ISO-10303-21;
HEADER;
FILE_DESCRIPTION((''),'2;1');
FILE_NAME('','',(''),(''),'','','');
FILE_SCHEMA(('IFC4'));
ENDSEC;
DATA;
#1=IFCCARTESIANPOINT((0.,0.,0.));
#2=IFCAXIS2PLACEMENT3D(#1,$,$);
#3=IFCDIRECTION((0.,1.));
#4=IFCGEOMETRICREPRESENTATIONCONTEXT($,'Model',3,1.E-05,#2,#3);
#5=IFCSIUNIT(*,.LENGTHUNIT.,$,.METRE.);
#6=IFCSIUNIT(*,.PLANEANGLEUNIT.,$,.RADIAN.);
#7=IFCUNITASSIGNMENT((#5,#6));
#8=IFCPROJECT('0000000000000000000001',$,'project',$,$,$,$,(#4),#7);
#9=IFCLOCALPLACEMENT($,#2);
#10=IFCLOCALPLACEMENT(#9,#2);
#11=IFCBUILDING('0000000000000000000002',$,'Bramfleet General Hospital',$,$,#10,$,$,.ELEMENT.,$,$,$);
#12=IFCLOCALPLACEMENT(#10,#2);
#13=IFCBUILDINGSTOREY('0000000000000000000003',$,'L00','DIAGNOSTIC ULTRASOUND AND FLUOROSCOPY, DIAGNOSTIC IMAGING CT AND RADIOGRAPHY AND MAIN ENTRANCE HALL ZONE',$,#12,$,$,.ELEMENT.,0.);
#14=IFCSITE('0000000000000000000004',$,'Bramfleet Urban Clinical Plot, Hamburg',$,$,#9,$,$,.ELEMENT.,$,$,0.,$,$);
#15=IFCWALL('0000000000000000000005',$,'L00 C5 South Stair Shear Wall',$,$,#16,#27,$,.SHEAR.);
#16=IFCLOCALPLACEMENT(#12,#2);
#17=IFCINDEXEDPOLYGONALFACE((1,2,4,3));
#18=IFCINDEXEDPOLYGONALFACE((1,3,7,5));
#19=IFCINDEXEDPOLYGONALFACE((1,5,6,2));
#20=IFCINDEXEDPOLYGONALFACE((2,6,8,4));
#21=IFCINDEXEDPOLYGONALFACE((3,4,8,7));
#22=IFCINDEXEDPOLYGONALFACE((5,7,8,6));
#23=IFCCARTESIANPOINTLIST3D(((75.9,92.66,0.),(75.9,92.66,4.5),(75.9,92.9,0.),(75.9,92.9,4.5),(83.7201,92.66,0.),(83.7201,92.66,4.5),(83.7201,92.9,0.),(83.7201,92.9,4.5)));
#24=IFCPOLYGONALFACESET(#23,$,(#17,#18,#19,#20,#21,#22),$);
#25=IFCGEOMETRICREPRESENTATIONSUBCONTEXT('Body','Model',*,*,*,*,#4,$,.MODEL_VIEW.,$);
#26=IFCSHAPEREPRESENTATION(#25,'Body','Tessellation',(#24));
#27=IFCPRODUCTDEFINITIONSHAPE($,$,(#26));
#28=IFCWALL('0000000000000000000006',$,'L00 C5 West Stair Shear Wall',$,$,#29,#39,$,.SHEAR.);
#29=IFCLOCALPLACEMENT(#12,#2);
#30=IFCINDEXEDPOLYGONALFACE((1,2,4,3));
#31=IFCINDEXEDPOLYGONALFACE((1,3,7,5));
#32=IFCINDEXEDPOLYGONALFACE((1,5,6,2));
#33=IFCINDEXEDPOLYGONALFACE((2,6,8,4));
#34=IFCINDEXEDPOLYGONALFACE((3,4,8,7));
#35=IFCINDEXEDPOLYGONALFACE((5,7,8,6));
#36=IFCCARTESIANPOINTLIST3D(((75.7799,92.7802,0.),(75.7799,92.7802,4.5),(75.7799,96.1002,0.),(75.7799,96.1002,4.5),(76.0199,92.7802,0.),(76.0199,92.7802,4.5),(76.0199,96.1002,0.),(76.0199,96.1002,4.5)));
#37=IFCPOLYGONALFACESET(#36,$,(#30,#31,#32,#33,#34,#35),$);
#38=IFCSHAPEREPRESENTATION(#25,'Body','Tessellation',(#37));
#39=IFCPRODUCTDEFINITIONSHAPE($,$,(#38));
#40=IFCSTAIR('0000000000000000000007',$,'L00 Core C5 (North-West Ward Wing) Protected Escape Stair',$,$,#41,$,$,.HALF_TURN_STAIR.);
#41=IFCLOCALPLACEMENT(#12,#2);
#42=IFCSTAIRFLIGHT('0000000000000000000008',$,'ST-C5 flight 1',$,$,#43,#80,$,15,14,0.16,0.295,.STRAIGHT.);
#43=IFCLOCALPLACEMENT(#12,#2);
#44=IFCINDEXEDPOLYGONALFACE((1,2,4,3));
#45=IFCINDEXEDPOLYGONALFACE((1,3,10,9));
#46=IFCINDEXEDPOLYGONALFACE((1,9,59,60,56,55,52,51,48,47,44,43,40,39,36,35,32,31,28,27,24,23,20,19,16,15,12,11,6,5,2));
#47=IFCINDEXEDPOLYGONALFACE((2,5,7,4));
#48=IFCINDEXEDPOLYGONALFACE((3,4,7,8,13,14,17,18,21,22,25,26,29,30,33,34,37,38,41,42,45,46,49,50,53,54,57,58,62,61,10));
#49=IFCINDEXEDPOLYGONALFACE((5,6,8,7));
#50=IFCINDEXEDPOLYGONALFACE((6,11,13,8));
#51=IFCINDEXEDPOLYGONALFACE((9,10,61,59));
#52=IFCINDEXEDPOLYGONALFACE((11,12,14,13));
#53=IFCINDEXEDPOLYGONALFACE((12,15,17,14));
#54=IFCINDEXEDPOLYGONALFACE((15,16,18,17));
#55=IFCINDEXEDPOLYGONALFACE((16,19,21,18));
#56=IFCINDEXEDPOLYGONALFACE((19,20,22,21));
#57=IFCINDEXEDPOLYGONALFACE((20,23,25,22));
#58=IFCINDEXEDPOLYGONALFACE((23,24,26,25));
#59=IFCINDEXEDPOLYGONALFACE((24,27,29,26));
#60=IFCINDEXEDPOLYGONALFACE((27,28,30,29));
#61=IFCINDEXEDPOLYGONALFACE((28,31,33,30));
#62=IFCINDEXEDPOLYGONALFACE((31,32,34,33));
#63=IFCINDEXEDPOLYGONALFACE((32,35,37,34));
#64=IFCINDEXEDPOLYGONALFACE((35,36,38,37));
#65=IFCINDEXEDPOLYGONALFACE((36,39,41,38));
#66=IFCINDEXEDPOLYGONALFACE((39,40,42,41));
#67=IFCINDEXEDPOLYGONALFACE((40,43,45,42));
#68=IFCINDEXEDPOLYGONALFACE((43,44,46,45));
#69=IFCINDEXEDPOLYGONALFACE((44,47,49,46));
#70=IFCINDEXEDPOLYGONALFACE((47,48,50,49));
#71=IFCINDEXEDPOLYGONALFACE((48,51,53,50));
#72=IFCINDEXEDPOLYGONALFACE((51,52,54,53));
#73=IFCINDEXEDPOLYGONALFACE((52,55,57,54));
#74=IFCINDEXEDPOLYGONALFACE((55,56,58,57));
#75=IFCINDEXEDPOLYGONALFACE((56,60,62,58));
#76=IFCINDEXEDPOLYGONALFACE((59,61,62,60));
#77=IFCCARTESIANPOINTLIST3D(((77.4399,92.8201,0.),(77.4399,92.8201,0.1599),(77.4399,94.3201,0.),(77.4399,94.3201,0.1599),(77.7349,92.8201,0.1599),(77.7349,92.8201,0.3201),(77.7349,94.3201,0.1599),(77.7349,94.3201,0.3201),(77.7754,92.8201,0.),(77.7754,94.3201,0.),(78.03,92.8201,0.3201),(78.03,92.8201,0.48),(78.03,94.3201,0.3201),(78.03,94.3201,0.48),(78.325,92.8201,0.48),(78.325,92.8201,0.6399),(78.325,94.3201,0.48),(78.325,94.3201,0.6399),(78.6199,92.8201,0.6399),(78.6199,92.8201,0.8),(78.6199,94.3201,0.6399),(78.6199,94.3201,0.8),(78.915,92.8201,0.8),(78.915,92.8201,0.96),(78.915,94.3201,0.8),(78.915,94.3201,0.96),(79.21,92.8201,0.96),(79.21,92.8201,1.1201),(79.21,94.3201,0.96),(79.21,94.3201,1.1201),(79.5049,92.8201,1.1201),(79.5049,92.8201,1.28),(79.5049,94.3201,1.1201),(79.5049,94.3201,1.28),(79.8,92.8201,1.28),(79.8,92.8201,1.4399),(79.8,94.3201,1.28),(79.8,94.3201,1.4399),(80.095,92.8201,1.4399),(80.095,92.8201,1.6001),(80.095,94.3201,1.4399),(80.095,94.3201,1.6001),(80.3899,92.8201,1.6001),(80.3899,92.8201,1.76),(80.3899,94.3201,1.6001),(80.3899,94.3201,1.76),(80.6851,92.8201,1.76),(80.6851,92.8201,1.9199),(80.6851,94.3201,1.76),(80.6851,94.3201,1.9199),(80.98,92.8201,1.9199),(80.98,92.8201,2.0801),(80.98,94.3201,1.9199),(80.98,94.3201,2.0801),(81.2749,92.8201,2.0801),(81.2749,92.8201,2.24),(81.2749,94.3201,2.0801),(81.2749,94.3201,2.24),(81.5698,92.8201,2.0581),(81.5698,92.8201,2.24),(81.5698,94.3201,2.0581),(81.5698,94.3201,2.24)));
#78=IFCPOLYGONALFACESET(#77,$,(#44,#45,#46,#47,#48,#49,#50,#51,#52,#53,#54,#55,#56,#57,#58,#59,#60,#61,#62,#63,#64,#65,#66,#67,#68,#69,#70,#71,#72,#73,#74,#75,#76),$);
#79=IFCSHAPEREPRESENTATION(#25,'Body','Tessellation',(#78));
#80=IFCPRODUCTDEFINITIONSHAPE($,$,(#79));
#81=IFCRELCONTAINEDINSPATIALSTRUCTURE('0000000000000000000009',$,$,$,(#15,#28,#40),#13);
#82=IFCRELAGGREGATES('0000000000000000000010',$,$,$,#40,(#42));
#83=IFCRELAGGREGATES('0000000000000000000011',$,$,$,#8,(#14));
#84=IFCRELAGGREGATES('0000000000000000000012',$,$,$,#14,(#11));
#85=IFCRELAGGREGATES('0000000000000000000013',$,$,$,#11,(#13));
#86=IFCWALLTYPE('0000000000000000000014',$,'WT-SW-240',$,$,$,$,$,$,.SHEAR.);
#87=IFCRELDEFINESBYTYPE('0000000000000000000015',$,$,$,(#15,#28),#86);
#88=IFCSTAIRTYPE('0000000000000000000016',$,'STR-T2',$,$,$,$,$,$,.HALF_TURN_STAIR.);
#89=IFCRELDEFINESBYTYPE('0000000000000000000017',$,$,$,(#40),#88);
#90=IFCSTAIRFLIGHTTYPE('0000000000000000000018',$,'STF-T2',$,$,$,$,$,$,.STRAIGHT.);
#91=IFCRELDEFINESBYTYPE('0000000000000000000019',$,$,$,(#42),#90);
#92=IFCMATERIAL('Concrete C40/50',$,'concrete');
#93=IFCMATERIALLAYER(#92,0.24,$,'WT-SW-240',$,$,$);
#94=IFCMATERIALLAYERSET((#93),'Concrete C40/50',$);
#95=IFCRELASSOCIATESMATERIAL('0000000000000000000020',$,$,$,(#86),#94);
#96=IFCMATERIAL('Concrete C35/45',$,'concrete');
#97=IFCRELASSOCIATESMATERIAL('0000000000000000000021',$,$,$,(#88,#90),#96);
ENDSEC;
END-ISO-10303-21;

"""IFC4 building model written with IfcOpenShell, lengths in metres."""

from ifc_helpers import new_model, si_unit, direction, frame, frame_2d, origin, place, context, subcontext, project, spatial, polyline, rectangle, outline, extrude, material, layer, layer_set, type_object, element, aggregate, save


model = new_model("IFC4")

# Units and contexts
model_context = context("Model", 3, precision=1e-05, world=origin(), true_north=direction((0.0, 1.0)))
body_context = subcontext(model_context, "Body", "Model", "MODEL_VIEW")
ifc_project = project(units=[si_unit("LENGTHUNIT", "METRE"), si_unit("PLANEANGLEUNIT", "RADIAN")], contexts=[model_context])

# Site, building, storey
site_placement = place(None, origin())
site = spatial("IfcSite", under=ifc_project, at=site_placement, Name="Bramfleet Urban Clinical Plot, Hamburg", CompositionType="ELEMENT", RefElevation=0.0)
building_placement = place(site_placement, origin())
building = spatial("IfcBuilding", under=site, at=building_placement, Name="Bramfleet General Hospital", CompositionType="ELEMENT")
storey_placement = place(building_placement, origin())
storey = spatial("IfcBuildingStorey", under=building, at=storey_placement, Name="L00", Description="DIAGNOSTIC ULTRASOUND AND FLUOROSCOPY, DIAGNOSTIC IMAGING CT AND RADIOGRAPHY AND MAIN ENTRANCE HALL ZONE", CompositionType="ELEMENT", Elevation=0.0)

# Shared definitions
ifc_material_1 = material(Name="Concrete C40/50", Category="concrete")

# Shared definitions
ifc_material_2 = material(Name="Concrete C35/45", Category="concrete")

# Walls
ifc_layer_1 = layer(ifc_material_1, 0.24, Name="WT-SW-240")
ifc_layer_set_1 = layer_set([ifc_layer_1], Name="Concrete C40/50")
wall_type_1 = type_object("IfcWallType", Name="WT-SW-240", PredefinedType="SHEAR", material=ifc_layer_set_1)
wall_1_placement = place(storey_placement, frame((75.8999, 92.78, 0.0), z_axis=(0.0, 0.0, 1.0), x_axis=(1.0, 0.0, 0.0)))
element("IfcWall", 1, at=wall_1_placement, inside=storey, type_object=wall_type_1, Name="L00 C5 South Stair Shear Wall", PredefinedType="SHEAR", context=body_context, shape_type="SweptSolid", body=[
    extrude(rectangle(XDim=7.8201, YDim=0.24, at=frame_2d((3.9102, 0.0))), origin(), (0.0, 0.0, 1.0), 4.5),
])
wall_2_placement = place(storey_placement, frame((75.8999, 92.78, 0.0), z_axis=(0.0, 0.0, 1.0), x_axis=(0.0, 1.0, 0.0)))
element("IfcWall", 2, at=wall_2_placement, inside=storey, type_object=wall_type_1, Name="L00 C5 West Stair Shear Wall", PredefinedType="SHEAR", context=body_context, shape_type="SweptSolid", body=[
    extrude(rectangle(XDim=3.3201, YDim=0.24, at=frame_2d((1.6602, 0.0))), origin(), (0.0, 0.0, 1.0), 4.5),
])

# Stair, stair flight
stair_type = type_object("IfcStairType", Name="STR-T2", PredefinedType="HALF_TURN_STAIR", material=ifc_material_2)
stair_placement = place(storey_placement, origin())
stair = element("IfcStair", 3, at=stair_placement, inside=storey, type_object=stair_type, Name="L00 Core C5 (North-West Ward Wing) Protected Escape Stair", PredefinedType="HALF_TURN_STAIR")
stair_flight_type = type_object("IfcStairFlightType", Name="STF-T2", PredefinedType="STRAIGHT", material=ifc_material_2)
stair_flight_placement = place(storey_placement, frame((77.4399, 93.5701, 0.0), z_axis=(0.0, 0.0, 1.0), x_axis=(1.0, 0.0, 0.0)))
stair_flight = element("IfcStairFlight", 4, at=stair_flight_placement, type_object=stair_flight_type, Name="ST-C5 flight 1", NumberOfRisers=15, NumberOfTreads=14, PredefinedType="STRAIGHT", RiserHeight=0.16, TreadLength=0.295, context=body_context, shape_type="SweptSolid", body=[
    extrude(outline(polyline([(0.0, 0.0), (0.0, 0.1599), (0.2949, 0.1599), (0.2949, 0.3201), (0.5901, 0.3201), (0.5901, 0.48), (0.885, 0.48), (0.885, 0.6399), (1.1799, 0.6399), (1.1799, 0.8), (1.4751, 0.8), (1.4751, 0.96), (1.77, 0.96), (1.77, 1.1201), (2.0649, 1.1201), (2.0649, 1.28), (2.3601, 1.28), (2.3601, 1.4399), (2.655, 1.4399), (2.655, 1.6001), (2.95, 1.6001), (2.95, 1.76), (3.2451, 1.76), (3.2451, 1.9199), (3.54, 1.9199), (3.54, 2.0801), (3.835, 2.0801), (3.835, 2.24), (4.1299, 2.24), (4.1299, 2.3999), (4.1299, 2.0581), (0.3354, 0.0), (0.0, 0.0)])), frame((0.0, 0.75, 0.0), z_axis=(0.0, -1.0, 0.0), x_axis=(1.0, 0.0, 0.0)), (0.0, 0.0, 1.0), 1.5),
])
aggregate(stair, [stair_flight])

save(model, "model.ifc")
